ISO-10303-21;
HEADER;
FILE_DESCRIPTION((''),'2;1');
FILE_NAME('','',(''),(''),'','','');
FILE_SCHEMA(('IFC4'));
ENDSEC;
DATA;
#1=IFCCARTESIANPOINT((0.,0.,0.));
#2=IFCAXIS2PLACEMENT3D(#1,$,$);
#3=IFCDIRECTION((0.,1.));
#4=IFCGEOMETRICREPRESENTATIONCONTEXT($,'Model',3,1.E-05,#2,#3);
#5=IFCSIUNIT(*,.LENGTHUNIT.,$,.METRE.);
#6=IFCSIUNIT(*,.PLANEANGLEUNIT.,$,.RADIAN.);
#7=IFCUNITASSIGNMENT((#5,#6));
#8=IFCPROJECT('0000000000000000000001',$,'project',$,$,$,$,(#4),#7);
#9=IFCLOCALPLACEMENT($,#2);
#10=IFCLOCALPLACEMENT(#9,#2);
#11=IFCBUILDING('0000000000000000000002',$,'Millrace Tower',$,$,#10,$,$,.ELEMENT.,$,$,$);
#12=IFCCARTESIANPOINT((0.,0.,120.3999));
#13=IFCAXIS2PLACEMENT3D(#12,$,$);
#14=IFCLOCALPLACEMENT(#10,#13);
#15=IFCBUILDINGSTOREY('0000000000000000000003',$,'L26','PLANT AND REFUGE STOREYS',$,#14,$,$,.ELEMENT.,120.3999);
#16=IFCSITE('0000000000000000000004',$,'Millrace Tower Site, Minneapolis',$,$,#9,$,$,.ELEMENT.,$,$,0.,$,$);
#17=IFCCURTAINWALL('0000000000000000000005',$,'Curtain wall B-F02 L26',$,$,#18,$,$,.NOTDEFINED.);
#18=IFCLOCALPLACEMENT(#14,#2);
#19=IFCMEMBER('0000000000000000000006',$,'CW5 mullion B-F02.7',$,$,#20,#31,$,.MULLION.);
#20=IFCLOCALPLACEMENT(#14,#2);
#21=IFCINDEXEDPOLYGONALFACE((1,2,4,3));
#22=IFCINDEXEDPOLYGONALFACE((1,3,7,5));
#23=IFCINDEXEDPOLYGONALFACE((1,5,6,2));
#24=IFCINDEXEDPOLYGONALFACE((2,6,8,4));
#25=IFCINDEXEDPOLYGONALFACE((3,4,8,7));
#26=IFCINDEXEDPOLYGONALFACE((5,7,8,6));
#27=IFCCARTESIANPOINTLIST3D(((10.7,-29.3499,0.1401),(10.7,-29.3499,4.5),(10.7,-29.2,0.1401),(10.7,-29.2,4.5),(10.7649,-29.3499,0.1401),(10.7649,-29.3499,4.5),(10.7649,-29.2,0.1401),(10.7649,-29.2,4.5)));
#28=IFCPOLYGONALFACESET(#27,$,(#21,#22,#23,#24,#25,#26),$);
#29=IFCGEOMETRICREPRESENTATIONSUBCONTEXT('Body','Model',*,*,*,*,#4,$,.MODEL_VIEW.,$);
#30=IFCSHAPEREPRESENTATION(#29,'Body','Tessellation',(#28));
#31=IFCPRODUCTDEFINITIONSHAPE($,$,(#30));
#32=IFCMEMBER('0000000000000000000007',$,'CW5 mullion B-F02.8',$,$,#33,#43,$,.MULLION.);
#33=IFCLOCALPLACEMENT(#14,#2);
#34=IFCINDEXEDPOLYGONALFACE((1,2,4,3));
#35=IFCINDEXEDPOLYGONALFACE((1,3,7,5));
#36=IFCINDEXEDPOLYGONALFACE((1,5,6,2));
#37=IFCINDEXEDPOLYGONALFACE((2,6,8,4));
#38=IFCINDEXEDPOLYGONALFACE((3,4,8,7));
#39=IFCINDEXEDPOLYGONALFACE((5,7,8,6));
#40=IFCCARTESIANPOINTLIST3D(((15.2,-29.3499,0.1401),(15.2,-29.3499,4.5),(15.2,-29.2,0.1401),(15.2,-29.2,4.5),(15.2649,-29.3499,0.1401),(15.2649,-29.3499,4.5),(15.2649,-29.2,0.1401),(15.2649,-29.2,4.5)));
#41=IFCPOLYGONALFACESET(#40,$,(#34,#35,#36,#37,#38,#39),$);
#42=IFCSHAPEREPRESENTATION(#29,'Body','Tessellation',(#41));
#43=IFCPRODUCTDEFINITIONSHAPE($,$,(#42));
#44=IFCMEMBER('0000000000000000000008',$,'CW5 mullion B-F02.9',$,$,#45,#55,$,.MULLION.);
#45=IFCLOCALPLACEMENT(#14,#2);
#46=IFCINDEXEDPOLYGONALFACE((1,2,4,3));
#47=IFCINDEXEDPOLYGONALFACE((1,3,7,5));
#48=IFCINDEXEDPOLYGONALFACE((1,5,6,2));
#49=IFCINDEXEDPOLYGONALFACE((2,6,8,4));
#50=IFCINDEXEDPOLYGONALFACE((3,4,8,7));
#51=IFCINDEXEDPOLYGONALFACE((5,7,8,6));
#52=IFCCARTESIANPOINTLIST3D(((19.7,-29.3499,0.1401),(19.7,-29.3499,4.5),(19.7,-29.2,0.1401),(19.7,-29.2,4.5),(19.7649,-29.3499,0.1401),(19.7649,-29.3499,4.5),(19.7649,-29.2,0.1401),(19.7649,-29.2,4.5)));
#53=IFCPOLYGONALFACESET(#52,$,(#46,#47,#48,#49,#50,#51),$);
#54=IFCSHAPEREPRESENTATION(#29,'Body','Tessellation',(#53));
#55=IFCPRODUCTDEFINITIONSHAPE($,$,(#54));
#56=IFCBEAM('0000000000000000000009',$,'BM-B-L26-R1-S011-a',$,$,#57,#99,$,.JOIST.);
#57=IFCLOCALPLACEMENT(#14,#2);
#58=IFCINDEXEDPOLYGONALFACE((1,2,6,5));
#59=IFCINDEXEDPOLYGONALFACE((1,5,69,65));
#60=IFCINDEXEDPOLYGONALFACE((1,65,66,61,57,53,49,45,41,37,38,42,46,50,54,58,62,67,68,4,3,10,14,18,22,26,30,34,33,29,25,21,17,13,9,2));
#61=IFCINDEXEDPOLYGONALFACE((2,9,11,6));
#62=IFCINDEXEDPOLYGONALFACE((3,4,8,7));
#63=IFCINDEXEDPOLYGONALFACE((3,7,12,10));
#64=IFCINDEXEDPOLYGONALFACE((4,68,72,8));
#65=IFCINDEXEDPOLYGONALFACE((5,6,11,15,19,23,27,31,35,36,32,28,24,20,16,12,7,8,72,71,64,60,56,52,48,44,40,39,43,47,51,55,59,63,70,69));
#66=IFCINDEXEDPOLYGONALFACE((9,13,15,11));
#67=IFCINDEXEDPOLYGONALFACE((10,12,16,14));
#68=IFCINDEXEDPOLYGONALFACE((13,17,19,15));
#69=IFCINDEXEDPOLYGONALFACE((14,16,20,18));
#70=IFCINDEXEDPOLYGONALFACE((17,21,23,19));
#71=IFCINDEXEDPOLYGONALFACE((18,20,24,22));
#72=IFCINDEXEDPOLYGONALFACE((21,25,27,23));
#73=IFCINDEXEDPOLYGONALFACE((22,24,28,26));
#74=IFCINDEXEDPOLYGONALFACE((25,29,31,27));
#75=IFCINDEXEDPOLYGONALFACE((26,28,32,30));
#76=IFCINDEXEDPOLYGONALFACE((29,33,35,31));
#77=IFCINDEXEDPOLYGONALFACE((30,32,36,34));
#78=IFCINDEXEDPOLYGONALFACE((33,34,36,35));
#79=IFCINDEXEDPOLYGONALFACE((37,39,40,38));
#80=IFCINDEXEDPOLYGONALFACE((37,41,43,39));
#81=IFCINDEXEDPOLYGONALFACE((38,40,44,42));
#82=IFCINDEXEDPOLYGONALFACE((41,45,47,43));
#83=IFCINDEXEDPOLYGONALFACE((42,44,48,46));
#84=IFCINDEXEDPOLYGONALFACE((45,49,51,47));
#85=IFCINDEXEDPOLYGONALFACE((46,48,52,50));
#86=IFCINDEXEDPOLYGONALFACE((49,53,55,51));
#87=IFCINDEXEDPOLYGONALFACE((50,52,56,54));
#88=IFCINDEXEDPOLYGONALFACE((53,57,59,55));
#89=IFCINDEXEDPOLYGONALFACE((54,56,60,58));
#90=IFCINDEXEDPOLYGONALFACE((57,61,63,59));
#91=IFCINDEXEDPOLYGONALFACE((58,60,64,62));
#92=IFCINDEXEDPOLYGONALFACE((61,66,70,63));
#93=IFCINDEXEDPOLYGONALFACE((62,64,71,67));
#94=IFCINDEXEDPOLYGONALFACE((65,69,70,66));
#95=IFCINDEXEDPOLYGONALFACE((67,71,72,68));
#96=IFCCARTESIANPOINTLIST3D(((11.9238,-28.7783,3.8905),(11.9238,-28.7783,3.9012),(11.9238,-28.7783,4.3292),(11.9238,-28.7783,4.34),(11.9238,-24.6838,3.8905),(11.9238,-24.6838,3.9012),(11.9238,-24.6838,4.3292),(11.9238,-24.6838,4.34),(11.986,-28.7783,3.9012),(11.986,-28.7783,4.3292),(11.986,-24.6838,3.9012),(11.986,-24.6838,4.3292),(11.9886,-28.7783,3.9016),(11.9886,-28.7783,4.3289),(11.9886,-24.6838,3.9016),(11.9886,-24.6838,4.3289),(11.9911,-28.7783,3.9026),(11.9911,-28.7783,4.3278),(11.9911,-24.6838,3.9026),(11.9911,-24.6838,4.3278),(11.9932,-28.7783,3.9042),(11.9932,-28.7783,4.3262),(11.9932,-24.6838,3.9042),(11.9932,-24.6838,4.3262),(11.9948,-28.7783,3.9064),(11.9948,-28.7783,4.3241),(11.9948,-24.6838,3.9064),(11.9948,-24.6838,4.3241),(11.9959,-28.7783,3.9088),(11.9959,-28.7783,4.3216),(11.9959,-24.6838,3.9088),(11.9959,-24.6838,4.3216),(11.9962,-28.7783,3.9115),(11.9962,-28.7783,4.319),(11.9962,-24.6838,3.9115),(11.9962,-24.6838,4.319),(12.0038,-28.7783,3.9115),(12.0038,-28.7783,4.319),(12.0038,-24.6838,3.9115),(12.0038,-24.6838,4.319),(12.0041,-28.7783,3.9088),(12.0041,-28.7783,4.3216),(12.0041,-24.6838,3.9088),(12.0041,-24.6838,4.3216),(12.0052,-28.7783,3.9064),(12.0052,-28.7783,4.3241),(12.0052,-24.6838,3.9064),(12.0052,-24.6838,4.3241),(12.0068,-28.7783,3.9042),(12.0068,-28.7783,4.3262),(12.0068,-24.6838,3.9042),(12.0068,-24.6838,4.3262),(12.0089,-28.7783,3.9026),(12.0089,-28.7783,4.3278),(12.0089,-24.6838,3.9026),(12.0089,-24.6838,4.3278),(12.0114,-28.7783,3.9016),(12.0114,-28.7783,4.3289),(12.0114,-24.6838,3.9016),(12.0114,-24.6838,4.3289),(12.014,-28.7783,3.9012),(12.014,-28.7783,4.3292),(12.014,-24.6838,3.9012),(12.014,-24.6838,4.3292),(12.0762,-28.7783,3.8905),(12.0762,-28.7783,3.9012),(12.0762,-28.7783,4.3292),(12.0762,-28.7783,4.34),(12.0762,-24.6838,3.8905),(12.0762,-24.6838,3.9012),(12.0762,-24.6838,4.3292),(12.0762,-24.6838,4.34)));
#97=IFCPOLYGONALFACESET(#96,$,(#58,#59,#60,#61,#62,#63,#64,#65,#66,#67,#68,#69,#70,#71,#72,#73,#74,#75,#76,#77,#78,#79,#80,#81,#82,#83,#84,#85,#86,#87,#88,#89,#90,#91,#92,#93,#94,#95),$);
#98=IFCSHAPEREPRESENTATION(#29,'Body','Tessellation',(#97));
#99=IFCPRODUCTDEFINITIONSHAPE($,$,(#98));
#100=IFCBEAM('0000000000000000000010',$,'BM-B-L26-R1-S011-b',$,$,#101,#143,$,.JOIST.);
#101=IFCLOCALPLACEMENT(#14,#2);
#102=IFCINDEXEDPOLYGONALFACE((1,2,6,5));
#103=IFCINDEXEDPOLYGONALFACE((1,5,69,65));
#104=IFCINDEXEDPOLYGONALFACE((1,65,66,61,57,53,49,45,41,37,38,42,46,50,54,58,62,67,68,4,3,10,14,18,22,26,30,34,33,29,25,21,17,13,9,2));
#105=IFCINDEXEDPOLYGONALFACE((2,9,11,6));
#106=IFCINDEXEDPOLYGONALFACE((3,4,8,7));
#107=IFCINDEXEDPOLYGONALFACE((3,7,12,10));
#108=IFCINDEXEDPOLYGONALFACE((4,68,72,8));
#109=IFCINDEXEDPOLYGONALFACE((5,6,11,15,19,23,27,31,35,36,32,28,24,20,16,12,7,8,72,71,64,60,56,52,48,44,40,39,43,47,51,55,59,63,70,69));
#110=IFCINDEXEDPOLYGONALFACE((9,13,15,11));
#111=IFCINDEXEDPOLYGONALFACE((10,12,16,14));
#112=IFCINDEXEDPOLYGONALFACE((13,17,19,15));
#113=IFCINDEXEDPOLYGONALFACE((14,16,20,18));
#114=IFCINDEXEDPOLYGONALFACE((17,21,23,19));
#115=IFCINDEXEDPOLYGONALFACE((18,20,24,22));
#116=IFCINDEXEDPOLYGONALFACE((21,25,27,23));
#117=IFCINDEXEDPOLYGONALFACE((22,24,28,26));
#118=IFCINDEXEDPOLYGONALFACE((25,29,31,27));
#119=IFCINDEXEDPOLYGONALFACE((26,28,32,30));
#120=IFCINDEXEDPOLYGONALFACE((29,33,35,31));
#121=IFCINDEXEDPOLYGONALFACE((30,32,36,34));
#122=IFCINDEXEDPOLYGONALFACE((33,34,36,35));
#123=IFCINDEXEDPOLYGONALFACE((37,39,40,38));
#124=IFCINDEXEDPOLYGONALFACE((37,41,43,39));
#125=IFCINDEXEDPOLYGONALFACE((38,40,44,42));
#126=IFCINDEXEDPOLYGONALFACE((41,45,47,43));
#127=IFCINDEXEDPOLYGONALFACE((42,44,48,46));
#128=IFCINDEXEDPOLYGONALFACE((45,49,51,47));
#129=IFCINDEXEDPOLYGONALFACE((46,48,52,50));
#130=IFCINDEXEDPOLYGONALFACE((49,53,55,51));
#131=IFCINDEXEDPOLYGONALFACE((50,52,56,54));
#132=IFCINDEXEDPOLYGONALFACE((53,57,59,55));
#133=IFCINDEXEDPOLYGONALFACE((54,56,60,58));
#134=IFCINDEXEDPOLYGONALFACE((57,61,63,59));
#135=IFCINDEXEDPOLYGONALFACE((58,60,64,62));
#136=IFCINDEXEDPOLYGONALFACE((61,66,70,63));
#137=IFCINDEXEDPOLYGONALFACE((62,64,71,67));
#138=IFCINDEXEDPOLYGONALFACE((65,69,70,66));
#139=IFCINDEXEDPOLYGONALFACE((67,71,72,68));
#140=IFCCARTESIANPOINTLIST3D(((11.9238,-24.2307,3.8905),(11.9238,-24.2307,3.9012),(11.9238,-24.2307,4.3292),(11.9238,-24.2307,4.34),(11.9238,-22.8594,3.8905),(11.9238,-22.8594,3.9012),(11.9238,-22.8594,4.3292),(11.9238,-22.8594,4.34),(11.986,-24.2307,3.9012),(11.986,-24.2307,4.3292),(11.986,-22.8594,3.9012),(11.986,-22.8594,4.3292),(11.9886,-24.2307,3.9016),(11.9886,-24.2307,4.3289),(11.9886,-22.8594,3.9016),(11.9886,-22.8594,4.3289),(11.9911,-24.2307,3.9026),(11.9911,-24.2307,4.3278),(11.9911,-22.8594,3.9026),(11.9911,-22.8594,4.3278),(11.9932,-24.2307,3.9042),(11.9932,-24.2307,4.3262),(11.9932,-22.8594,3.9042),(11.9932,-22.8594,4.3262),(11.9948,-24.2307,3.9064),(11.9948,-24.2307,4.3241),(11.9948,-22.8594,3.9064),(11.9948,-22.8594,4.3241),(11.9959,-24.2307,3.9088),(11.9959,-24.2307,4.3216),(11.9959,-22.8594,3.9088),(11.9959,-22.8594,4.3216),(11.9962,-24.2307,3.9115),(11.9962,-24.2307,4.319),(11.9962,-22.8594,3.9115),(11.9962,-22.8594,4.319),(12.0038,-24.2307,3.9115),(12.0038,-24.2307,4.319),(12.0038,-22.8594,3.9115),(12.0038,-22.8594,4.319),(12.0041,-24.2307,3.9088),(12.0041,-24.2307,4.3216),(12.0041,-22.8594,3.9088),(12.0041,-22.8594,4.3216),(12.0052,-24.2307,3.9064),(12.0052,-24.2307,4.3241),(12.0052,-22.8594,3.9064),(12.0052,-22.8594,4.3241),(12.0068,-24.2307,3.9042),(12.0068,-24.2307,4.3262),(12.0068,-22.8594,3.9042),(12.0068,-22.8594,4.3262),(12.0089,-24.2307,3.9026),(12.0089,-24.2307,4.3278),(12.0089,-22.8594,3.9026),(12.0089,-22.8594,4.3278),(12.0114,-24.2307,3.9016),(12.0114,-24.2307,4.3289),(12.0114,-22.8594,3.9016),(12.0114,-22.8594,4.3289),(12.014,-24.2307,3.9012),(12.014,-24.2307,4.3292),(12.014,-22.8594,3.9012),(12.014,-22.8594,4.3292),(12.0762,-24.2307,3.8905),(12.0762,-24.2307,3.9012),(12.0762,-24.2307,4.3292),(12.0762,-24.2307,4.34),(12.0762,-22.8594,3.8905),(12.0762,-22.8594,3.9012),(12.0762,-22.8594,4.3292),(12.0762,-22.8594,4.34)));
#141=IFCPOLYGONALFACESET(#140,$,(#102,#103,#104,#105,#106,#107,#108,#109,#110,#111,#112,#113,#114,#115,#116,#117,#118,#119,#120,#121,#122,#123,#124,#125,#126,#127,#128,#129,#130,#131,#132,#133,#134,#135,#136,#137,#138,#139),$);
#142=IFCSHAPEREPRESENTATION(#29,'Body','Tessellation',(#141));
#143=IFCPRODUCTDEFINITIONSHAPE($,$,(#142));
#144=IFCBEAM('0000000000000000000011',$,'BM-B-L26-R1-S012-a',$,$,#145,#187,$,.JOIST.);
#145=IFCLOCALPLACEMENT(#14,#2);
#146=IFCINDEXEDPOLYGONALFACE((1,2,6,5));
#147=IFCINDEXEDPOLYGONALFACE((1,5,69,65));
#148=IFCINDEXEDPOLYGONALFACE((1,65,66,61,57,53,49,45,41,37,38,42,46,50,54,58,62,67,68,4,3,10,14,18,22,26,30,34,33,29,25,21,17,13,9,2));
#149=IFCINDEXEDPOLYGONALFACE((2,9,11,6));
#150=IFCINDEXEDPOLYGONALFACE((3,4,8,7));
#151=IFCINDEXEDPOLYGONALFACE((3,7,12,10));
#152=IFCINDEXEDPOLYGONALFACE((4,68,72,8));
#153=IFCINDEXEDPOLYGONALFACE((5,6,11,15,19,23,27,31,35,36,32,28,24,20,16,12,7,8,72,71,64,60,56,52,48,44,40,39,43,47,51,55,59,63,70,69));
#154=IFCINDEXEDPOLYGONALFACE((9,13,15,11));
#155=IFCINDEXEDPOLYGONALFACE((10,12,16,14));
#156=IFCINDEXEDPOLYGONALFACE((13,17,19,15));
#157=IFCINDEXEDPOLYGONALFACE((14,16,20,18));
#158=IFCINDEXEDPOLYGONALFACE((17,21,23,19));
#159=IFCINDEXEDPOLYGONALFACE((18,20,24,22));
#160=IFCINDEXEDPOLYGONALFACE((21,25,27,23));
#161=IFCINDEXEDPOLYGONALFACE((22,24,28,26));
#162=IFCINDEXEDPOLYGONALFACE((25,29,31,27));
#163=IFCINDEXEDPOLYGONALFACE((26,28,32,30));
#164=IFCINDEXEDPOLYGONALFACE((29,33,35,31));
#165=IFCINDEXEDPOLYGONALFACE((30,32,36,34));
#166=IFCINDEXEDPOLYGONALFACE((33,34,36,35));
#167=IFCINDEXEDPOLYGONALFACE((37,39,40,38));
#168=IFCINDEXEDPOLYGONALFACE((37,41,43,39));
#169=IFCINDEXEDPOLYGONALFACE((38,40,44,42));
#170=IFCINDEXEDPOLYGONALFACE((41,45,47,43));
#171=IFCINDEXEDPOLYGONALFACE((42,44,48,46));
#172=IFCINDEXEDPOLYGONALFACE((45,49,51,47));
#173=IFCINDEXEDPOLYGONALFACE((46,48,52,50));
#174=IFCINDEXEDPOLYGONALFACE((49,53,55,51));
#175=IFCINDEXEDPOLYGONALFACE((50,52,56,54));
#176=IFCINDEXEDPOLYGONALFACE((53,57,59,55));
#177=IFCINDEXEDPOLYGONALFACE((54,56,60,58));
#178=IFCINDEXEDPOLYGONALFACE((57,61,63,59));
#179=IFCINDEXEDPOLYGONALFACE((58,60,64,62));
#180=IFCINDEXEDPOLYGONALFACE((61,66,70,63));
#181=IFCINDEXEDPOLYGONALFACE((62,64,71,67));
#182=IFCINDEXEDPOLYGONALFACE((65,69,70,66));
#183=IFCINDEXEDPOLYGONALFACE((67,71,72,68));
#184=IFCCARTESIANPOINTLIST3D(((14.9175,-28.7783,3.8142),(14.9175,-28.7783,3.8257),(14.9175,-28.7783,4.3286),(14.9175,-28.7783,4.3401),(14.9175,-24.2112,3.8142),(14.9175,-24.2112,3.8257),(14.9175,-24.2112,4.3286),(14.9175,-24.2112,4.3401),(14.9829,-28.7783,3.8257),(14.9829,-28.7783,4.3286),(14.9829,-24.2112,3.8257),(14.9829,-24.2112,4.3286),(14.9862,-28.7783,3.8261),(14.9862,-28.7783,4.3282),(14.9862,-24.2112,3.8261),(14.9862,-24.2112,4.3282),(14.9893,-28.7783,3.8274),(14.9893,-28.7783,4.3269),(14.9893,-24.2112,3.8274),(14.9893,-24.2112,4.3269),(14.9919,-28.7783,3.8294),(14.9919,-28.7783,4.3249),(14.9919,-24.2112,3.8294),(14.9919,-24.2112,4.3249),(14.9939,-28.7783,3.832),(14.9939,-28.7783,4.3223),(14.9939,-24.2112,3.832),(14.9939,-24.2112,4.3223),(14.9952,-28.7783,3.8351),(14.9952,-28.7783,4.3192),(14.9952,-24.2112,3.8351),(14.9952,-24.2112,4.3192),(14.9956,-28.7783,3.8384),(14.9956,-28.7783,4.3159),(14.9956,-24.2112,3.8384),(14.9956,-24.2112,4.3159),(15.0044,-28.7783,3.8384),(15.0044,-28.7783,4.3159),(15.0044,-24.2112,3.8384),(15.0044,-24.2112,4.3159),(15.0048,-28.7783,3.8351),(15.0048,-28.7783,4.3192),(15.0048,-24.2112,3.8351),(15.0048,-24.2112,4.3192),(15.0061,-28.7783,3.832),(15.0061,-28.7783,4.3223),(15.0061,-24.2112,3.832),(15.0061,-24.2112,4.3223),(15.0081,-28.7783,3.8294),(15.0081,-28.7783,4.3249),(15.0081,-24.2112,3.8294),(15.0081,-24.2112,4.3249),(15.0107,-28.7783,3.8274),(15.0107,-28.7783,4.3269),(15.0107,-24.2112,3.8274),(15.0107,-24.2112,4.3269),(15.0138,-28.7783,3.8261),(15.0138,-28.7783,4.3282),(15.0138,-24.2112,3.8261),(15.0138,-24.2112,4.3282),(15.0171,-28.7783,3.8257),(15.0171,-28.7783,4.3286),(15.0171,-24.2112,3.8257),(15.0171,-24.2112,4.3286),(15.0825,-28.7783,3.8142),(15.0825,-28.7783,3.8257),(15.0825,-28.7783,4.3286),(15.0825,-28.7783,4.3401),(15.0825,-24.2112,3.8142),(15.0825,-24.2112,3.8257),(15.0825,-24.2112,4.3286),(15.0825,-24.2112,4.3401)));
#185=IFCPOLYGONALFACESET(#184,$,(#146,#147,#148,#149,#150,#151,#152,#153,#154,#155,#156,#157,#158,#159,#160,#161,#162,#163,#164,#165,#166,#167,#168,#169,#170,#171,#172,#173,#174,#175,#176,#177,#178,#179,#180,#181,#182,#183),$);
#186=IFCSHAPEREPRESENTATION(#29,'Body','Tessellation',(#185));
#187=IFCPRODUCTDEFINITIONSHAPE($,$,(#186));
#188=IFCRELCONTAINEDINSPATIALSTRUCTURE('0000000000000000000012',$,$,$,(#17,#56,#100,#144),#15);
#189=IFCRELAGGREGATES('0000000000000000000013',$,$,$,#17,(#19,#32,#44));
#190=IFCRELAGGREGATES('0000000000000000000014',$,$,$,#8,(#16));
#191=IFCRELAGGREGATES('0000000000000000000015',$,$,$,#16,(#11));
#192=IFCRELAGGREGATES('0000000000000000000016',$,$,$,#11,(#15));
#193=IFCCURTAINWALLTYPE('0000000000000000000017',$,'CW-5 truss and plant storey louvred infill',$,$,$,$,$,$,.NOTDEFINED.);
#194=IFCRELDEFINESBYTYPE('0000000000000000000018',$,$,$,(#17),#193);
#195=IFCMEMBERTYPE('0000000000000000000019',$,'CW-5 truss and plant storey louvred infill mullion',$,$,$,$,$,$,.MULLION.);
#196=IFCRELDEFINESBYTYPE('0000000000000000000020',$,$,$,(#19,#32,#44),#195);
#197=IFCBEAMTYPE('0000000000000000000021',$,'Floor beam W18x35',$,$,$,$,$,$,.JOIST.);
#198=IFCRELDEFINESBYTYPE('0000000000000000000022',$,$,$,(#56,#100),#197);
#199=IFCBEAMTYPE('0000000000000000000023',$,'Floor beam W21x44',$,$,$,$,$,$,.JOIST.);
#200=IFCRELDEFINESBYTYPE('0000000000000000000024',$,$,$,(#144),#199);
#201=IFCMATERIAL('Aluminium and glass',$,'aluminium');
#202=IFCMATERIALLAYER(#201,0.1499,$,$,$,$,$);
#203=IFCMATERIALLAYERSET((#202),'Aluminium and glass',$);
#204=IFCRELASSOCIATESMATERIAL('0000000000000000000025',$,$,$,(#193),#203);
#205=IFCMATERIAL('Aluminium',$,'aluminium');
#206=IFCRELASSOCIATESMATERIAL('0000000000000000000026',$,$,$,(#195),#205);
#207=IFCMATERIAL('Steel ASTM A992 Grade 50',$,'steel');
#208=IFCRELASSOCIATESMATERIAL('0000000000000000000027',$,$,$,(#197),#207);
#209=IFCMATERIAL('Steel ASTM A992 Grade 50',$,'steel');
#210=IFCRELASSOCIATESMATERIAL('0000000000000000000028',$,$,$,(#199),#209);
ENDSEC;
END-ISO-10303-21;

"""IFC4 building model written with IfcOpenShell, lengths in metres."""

from ifc_helpers import new_model, si_unit, direction, frame, origin, origin_2d, place, context, subcontext, project, spatial, rectangle, i_section, extrude, material, layer, layer_set, material_profile, profile_set, type_object, element, aggregate, save


model = new_model("IFC4")

# Units and contexts
model_context = context("Model", 3, precision=1e-05, world=origin(), true_north=direction((0.0, 1.0)))
body_context = subcontext(model_context, "Body", "Model", "MODEL_VIEW")
ifc_project = project(units=[si_unit("LENGTHUNIT", "METRE"), si_unit("PLANEANGLEUNIT", "RADIAN")], contexts=[model_context])

# Site, building, storey
site_placement = place(None, origin())
site = spatial("IfcSite", under=ifc_project, at=site_placement, Name="Millrace Tower Site, Minneapolis", CompositionType="ELEMENT", RefElevation=0.0)
building_placement = place(site_placement, origin())
building = spatial("IfcBuilding", under=site, at=building_placement, Name="Millrace Tower", CompositionType="ELEMENT")
storey_placement = place(building_placement, frame((0.0, 0.0, 120.3999)))
storey = spatial("IfcBuildingStorey", under=building, at=storey_placement, Name="L26", Description="PLANT AND REFUGE STOREYS", CompositionType="ELEMENT", Elevation=120.3999)

# Curtain wall, members
ifc_material_1 = material(Name="Aluminium and glass", Category="aluminium")
ifc_layer_1 = layer(ifc_material_1, 0.1499)
ifc_layer_set_1 = layer_set([ifc_layer_1], Name="Aluminium and glass")
curtain_wall_type = type_object("IfcCurtainWallType", Name="CW-5 truss and plant storey louvred infill", PredefinedType="NOTDEFINED", material=ifc_layer_set_1)
curtain_wall_placement = place(storey_placement, origin())
curtain_wall = element("IfcCurtainWall", 1, at=curtain_wall_placement, inside=storey, type_object=curtain_wall_type, Name="Curtain wall B-F02 L26", PredefinedType="NOTDEFINED")
ifc_material_2 = material(Name="Aluminium", Category="aluminium")
ifc_material_profile_1 = material_profile(ifc_material_2, rectangle(XDim=0.0649, YDim=0.1499, at=origin_2d()))
ifc_profile_set_1 = profile_set([ifc_material_profile_1], Name="Aluminium")
member_type_1 = type_object("IfcMemberType", Name="CW-5 truss and plant storey louvred infill mullion", PredefinedType="MULLION", material=ifc_profile_set_1)
member_1_placement = place(storey_placement, frame((10.7324, -29.2749, 0.1401), z_axis=(0.0, 0.0, 1.0), x_axis=(1.0, 0.0, 0.0)))
member_1 = element("IfcMember", 2, at=member_1_placement, type_object=member_type_1, Name="CW5 mullion B-F02.7", PredefinedType="MULLION", context=body_context, shape_type="SweptSolid", body=[
    extrude(rectangle(XDim=0.0649, YDim=0.1499, at=origin_2d()), origin(), (0.0, 0.0, 1.0), 4.3599),
])
member_2_placement = place(storey_placement, frame((15.2324, -29.2749, 0.1401), z_axis=(0.0, 0.0, 1.0), x_axis=(1.0, 0.0, 0.0)))
member_2 = element("IfcMember", 3, at=member_2_placement, type_object=member_type_1, Name="CW5 mullion B-F02.8", PredefinedType="MULLION", context=body_context, shape_type="SweptSolid", body=[
    extrude(rectangle(XDim=0.0649, YDim=0.1499, at=origin_2d()), origin(), (0.0, 0.0, 1.0), 4.3599),
])
member_3_placement = place(storey_placement, frame((19.7324, -29.2749, 0.1401), z_axis=(0.0, 0.0, 1.0), x_axis=(1.0, 0.0, 0.0)))
member_3 = element("IfcMember", 4, at=member_3_placement, type_object=member_type_1, Name="CW5 mullion B-F02.9", PredefinedType="MULLION", context=body_context, shape_type="SweptSolid", body=[
    extrude(rectangle(XDim=0.0649, YDim=0.1499, at=origin_2d()), origin(), (0.0, 0.0, 1.0), 4.3599),
])
aggregate(curtain_wall, [member_1, member_2, member_3])

# Beams
ifc_material_3 = material(Name="Steel ASTM A992 Grade 50", Category="steel")
ifc_material_profile_2 = material_profile(ifc_material_3, i_section(OverallWidth=0.1523, OverallDepth=0.4495, WebThickness=0.0076, FlangeThickness=0.0107, FilletRadius=0.0103, at=origin_2d()))
ifc_profile_set_2 = profile_set([ifc_material_profile_2], Name="Steel ASTM A992 Grade 50")
beam_type_1 = type_object("IfcBeamType", Name="Floor beam W18x35", PredefinedType="JOIST", material=ifc_profile_set_2)
beam_1_placement = place(storey_placement, frame((12.0, -28.7783, 4.1152), z_axis=(0.0, 1.0, 0.0), x_axis=(-1.0, 0.0, 0.0)))
element("IfcBeam", 5, at=beam_1_placement, inside=storey, type_object=beam_type_1, Name="BM-B-L26-R1-S011-a", PredefinedType="JOIST", context=body_context, shape_type="SweptSolid", body=[
    extrude(i_section(OverallWidth=0.1523, OverallDepth=0.4495, WebThickness=0.0076, FlangeThickness=0.0107, FilletRadius=0.0103, at=origin_2d()), origin(), (0.0, 0.0, 1.0), 4.0945),
])
beam_2_placement = place(storey_placement, frame((12.0, -24.2307, 4.1152), z_axis=(0.0, 1.0, 0.0), x_axis=(-1.0, 0.0, 0.0)))
element("IfcBeam", 6, at=beam_2_placement, inside=storey, type_object=beam_type_1, Name="BM-B-L26-R1-S011-b", PredefinedType="JOIST", context=body_context, shape_type="SweptSolid", body=[
    extrude(i_section(OverallWidth=0.1523, OverallDepth=0.4495, WebThickness=0.0076, FlangeThickness=0.0107, FilletRadius=0.0103, at=origin_2d()), origin(), (0.0, 0.0, 1.0), 1.3713),
])
ifc_material_4 = material(Name="Steel ASTM A992 Grade 50", Category="steel")
ifc_material_profile_3 = material_profile(ifc_material_4, i_section(OverallWidth=0.165, OverallDepth=0.5259, WebThickness=0.0088, FlangeThickness=0.0115, FilletRadius=0.0127, at=origin_2d()))
ifc_profile_set_3 = profile_set([ifc_material_profile_3], Name="Steel ASTM A992 Grade 50")
beam_type_2 = type_object("IfcBeamType", Name="Floor beam W21x44", PredefinedType="JOIST", material=ifc_profile_set_3)
beam_3_placement = place(storey_placement, frame((15.0, -28.7783, 4.0771), z_axis=(0.0, 1.0, 0.0), x_axis=(-1.0, 0.0, 0.0)))
element("IfcBeam", 7, at=beam_3_placement, inside=storey, type_object=beam_type_2, Name="BM-B-L26-R1-S012-a", PredefinedType="JOIST", context=body_context, shape_type="SweptSolid", body=[
    extrude(i_section(OverallWidth=0.165, OverallDepth=0.5259, WebThickness=0.0088, FlangeThickness=0.0115, FilletRadius=0.0127, at=origin_2d()), origin(), (0.0, 0.0, 1.0), 4.5671),
])

save(model, "model.ifc")
